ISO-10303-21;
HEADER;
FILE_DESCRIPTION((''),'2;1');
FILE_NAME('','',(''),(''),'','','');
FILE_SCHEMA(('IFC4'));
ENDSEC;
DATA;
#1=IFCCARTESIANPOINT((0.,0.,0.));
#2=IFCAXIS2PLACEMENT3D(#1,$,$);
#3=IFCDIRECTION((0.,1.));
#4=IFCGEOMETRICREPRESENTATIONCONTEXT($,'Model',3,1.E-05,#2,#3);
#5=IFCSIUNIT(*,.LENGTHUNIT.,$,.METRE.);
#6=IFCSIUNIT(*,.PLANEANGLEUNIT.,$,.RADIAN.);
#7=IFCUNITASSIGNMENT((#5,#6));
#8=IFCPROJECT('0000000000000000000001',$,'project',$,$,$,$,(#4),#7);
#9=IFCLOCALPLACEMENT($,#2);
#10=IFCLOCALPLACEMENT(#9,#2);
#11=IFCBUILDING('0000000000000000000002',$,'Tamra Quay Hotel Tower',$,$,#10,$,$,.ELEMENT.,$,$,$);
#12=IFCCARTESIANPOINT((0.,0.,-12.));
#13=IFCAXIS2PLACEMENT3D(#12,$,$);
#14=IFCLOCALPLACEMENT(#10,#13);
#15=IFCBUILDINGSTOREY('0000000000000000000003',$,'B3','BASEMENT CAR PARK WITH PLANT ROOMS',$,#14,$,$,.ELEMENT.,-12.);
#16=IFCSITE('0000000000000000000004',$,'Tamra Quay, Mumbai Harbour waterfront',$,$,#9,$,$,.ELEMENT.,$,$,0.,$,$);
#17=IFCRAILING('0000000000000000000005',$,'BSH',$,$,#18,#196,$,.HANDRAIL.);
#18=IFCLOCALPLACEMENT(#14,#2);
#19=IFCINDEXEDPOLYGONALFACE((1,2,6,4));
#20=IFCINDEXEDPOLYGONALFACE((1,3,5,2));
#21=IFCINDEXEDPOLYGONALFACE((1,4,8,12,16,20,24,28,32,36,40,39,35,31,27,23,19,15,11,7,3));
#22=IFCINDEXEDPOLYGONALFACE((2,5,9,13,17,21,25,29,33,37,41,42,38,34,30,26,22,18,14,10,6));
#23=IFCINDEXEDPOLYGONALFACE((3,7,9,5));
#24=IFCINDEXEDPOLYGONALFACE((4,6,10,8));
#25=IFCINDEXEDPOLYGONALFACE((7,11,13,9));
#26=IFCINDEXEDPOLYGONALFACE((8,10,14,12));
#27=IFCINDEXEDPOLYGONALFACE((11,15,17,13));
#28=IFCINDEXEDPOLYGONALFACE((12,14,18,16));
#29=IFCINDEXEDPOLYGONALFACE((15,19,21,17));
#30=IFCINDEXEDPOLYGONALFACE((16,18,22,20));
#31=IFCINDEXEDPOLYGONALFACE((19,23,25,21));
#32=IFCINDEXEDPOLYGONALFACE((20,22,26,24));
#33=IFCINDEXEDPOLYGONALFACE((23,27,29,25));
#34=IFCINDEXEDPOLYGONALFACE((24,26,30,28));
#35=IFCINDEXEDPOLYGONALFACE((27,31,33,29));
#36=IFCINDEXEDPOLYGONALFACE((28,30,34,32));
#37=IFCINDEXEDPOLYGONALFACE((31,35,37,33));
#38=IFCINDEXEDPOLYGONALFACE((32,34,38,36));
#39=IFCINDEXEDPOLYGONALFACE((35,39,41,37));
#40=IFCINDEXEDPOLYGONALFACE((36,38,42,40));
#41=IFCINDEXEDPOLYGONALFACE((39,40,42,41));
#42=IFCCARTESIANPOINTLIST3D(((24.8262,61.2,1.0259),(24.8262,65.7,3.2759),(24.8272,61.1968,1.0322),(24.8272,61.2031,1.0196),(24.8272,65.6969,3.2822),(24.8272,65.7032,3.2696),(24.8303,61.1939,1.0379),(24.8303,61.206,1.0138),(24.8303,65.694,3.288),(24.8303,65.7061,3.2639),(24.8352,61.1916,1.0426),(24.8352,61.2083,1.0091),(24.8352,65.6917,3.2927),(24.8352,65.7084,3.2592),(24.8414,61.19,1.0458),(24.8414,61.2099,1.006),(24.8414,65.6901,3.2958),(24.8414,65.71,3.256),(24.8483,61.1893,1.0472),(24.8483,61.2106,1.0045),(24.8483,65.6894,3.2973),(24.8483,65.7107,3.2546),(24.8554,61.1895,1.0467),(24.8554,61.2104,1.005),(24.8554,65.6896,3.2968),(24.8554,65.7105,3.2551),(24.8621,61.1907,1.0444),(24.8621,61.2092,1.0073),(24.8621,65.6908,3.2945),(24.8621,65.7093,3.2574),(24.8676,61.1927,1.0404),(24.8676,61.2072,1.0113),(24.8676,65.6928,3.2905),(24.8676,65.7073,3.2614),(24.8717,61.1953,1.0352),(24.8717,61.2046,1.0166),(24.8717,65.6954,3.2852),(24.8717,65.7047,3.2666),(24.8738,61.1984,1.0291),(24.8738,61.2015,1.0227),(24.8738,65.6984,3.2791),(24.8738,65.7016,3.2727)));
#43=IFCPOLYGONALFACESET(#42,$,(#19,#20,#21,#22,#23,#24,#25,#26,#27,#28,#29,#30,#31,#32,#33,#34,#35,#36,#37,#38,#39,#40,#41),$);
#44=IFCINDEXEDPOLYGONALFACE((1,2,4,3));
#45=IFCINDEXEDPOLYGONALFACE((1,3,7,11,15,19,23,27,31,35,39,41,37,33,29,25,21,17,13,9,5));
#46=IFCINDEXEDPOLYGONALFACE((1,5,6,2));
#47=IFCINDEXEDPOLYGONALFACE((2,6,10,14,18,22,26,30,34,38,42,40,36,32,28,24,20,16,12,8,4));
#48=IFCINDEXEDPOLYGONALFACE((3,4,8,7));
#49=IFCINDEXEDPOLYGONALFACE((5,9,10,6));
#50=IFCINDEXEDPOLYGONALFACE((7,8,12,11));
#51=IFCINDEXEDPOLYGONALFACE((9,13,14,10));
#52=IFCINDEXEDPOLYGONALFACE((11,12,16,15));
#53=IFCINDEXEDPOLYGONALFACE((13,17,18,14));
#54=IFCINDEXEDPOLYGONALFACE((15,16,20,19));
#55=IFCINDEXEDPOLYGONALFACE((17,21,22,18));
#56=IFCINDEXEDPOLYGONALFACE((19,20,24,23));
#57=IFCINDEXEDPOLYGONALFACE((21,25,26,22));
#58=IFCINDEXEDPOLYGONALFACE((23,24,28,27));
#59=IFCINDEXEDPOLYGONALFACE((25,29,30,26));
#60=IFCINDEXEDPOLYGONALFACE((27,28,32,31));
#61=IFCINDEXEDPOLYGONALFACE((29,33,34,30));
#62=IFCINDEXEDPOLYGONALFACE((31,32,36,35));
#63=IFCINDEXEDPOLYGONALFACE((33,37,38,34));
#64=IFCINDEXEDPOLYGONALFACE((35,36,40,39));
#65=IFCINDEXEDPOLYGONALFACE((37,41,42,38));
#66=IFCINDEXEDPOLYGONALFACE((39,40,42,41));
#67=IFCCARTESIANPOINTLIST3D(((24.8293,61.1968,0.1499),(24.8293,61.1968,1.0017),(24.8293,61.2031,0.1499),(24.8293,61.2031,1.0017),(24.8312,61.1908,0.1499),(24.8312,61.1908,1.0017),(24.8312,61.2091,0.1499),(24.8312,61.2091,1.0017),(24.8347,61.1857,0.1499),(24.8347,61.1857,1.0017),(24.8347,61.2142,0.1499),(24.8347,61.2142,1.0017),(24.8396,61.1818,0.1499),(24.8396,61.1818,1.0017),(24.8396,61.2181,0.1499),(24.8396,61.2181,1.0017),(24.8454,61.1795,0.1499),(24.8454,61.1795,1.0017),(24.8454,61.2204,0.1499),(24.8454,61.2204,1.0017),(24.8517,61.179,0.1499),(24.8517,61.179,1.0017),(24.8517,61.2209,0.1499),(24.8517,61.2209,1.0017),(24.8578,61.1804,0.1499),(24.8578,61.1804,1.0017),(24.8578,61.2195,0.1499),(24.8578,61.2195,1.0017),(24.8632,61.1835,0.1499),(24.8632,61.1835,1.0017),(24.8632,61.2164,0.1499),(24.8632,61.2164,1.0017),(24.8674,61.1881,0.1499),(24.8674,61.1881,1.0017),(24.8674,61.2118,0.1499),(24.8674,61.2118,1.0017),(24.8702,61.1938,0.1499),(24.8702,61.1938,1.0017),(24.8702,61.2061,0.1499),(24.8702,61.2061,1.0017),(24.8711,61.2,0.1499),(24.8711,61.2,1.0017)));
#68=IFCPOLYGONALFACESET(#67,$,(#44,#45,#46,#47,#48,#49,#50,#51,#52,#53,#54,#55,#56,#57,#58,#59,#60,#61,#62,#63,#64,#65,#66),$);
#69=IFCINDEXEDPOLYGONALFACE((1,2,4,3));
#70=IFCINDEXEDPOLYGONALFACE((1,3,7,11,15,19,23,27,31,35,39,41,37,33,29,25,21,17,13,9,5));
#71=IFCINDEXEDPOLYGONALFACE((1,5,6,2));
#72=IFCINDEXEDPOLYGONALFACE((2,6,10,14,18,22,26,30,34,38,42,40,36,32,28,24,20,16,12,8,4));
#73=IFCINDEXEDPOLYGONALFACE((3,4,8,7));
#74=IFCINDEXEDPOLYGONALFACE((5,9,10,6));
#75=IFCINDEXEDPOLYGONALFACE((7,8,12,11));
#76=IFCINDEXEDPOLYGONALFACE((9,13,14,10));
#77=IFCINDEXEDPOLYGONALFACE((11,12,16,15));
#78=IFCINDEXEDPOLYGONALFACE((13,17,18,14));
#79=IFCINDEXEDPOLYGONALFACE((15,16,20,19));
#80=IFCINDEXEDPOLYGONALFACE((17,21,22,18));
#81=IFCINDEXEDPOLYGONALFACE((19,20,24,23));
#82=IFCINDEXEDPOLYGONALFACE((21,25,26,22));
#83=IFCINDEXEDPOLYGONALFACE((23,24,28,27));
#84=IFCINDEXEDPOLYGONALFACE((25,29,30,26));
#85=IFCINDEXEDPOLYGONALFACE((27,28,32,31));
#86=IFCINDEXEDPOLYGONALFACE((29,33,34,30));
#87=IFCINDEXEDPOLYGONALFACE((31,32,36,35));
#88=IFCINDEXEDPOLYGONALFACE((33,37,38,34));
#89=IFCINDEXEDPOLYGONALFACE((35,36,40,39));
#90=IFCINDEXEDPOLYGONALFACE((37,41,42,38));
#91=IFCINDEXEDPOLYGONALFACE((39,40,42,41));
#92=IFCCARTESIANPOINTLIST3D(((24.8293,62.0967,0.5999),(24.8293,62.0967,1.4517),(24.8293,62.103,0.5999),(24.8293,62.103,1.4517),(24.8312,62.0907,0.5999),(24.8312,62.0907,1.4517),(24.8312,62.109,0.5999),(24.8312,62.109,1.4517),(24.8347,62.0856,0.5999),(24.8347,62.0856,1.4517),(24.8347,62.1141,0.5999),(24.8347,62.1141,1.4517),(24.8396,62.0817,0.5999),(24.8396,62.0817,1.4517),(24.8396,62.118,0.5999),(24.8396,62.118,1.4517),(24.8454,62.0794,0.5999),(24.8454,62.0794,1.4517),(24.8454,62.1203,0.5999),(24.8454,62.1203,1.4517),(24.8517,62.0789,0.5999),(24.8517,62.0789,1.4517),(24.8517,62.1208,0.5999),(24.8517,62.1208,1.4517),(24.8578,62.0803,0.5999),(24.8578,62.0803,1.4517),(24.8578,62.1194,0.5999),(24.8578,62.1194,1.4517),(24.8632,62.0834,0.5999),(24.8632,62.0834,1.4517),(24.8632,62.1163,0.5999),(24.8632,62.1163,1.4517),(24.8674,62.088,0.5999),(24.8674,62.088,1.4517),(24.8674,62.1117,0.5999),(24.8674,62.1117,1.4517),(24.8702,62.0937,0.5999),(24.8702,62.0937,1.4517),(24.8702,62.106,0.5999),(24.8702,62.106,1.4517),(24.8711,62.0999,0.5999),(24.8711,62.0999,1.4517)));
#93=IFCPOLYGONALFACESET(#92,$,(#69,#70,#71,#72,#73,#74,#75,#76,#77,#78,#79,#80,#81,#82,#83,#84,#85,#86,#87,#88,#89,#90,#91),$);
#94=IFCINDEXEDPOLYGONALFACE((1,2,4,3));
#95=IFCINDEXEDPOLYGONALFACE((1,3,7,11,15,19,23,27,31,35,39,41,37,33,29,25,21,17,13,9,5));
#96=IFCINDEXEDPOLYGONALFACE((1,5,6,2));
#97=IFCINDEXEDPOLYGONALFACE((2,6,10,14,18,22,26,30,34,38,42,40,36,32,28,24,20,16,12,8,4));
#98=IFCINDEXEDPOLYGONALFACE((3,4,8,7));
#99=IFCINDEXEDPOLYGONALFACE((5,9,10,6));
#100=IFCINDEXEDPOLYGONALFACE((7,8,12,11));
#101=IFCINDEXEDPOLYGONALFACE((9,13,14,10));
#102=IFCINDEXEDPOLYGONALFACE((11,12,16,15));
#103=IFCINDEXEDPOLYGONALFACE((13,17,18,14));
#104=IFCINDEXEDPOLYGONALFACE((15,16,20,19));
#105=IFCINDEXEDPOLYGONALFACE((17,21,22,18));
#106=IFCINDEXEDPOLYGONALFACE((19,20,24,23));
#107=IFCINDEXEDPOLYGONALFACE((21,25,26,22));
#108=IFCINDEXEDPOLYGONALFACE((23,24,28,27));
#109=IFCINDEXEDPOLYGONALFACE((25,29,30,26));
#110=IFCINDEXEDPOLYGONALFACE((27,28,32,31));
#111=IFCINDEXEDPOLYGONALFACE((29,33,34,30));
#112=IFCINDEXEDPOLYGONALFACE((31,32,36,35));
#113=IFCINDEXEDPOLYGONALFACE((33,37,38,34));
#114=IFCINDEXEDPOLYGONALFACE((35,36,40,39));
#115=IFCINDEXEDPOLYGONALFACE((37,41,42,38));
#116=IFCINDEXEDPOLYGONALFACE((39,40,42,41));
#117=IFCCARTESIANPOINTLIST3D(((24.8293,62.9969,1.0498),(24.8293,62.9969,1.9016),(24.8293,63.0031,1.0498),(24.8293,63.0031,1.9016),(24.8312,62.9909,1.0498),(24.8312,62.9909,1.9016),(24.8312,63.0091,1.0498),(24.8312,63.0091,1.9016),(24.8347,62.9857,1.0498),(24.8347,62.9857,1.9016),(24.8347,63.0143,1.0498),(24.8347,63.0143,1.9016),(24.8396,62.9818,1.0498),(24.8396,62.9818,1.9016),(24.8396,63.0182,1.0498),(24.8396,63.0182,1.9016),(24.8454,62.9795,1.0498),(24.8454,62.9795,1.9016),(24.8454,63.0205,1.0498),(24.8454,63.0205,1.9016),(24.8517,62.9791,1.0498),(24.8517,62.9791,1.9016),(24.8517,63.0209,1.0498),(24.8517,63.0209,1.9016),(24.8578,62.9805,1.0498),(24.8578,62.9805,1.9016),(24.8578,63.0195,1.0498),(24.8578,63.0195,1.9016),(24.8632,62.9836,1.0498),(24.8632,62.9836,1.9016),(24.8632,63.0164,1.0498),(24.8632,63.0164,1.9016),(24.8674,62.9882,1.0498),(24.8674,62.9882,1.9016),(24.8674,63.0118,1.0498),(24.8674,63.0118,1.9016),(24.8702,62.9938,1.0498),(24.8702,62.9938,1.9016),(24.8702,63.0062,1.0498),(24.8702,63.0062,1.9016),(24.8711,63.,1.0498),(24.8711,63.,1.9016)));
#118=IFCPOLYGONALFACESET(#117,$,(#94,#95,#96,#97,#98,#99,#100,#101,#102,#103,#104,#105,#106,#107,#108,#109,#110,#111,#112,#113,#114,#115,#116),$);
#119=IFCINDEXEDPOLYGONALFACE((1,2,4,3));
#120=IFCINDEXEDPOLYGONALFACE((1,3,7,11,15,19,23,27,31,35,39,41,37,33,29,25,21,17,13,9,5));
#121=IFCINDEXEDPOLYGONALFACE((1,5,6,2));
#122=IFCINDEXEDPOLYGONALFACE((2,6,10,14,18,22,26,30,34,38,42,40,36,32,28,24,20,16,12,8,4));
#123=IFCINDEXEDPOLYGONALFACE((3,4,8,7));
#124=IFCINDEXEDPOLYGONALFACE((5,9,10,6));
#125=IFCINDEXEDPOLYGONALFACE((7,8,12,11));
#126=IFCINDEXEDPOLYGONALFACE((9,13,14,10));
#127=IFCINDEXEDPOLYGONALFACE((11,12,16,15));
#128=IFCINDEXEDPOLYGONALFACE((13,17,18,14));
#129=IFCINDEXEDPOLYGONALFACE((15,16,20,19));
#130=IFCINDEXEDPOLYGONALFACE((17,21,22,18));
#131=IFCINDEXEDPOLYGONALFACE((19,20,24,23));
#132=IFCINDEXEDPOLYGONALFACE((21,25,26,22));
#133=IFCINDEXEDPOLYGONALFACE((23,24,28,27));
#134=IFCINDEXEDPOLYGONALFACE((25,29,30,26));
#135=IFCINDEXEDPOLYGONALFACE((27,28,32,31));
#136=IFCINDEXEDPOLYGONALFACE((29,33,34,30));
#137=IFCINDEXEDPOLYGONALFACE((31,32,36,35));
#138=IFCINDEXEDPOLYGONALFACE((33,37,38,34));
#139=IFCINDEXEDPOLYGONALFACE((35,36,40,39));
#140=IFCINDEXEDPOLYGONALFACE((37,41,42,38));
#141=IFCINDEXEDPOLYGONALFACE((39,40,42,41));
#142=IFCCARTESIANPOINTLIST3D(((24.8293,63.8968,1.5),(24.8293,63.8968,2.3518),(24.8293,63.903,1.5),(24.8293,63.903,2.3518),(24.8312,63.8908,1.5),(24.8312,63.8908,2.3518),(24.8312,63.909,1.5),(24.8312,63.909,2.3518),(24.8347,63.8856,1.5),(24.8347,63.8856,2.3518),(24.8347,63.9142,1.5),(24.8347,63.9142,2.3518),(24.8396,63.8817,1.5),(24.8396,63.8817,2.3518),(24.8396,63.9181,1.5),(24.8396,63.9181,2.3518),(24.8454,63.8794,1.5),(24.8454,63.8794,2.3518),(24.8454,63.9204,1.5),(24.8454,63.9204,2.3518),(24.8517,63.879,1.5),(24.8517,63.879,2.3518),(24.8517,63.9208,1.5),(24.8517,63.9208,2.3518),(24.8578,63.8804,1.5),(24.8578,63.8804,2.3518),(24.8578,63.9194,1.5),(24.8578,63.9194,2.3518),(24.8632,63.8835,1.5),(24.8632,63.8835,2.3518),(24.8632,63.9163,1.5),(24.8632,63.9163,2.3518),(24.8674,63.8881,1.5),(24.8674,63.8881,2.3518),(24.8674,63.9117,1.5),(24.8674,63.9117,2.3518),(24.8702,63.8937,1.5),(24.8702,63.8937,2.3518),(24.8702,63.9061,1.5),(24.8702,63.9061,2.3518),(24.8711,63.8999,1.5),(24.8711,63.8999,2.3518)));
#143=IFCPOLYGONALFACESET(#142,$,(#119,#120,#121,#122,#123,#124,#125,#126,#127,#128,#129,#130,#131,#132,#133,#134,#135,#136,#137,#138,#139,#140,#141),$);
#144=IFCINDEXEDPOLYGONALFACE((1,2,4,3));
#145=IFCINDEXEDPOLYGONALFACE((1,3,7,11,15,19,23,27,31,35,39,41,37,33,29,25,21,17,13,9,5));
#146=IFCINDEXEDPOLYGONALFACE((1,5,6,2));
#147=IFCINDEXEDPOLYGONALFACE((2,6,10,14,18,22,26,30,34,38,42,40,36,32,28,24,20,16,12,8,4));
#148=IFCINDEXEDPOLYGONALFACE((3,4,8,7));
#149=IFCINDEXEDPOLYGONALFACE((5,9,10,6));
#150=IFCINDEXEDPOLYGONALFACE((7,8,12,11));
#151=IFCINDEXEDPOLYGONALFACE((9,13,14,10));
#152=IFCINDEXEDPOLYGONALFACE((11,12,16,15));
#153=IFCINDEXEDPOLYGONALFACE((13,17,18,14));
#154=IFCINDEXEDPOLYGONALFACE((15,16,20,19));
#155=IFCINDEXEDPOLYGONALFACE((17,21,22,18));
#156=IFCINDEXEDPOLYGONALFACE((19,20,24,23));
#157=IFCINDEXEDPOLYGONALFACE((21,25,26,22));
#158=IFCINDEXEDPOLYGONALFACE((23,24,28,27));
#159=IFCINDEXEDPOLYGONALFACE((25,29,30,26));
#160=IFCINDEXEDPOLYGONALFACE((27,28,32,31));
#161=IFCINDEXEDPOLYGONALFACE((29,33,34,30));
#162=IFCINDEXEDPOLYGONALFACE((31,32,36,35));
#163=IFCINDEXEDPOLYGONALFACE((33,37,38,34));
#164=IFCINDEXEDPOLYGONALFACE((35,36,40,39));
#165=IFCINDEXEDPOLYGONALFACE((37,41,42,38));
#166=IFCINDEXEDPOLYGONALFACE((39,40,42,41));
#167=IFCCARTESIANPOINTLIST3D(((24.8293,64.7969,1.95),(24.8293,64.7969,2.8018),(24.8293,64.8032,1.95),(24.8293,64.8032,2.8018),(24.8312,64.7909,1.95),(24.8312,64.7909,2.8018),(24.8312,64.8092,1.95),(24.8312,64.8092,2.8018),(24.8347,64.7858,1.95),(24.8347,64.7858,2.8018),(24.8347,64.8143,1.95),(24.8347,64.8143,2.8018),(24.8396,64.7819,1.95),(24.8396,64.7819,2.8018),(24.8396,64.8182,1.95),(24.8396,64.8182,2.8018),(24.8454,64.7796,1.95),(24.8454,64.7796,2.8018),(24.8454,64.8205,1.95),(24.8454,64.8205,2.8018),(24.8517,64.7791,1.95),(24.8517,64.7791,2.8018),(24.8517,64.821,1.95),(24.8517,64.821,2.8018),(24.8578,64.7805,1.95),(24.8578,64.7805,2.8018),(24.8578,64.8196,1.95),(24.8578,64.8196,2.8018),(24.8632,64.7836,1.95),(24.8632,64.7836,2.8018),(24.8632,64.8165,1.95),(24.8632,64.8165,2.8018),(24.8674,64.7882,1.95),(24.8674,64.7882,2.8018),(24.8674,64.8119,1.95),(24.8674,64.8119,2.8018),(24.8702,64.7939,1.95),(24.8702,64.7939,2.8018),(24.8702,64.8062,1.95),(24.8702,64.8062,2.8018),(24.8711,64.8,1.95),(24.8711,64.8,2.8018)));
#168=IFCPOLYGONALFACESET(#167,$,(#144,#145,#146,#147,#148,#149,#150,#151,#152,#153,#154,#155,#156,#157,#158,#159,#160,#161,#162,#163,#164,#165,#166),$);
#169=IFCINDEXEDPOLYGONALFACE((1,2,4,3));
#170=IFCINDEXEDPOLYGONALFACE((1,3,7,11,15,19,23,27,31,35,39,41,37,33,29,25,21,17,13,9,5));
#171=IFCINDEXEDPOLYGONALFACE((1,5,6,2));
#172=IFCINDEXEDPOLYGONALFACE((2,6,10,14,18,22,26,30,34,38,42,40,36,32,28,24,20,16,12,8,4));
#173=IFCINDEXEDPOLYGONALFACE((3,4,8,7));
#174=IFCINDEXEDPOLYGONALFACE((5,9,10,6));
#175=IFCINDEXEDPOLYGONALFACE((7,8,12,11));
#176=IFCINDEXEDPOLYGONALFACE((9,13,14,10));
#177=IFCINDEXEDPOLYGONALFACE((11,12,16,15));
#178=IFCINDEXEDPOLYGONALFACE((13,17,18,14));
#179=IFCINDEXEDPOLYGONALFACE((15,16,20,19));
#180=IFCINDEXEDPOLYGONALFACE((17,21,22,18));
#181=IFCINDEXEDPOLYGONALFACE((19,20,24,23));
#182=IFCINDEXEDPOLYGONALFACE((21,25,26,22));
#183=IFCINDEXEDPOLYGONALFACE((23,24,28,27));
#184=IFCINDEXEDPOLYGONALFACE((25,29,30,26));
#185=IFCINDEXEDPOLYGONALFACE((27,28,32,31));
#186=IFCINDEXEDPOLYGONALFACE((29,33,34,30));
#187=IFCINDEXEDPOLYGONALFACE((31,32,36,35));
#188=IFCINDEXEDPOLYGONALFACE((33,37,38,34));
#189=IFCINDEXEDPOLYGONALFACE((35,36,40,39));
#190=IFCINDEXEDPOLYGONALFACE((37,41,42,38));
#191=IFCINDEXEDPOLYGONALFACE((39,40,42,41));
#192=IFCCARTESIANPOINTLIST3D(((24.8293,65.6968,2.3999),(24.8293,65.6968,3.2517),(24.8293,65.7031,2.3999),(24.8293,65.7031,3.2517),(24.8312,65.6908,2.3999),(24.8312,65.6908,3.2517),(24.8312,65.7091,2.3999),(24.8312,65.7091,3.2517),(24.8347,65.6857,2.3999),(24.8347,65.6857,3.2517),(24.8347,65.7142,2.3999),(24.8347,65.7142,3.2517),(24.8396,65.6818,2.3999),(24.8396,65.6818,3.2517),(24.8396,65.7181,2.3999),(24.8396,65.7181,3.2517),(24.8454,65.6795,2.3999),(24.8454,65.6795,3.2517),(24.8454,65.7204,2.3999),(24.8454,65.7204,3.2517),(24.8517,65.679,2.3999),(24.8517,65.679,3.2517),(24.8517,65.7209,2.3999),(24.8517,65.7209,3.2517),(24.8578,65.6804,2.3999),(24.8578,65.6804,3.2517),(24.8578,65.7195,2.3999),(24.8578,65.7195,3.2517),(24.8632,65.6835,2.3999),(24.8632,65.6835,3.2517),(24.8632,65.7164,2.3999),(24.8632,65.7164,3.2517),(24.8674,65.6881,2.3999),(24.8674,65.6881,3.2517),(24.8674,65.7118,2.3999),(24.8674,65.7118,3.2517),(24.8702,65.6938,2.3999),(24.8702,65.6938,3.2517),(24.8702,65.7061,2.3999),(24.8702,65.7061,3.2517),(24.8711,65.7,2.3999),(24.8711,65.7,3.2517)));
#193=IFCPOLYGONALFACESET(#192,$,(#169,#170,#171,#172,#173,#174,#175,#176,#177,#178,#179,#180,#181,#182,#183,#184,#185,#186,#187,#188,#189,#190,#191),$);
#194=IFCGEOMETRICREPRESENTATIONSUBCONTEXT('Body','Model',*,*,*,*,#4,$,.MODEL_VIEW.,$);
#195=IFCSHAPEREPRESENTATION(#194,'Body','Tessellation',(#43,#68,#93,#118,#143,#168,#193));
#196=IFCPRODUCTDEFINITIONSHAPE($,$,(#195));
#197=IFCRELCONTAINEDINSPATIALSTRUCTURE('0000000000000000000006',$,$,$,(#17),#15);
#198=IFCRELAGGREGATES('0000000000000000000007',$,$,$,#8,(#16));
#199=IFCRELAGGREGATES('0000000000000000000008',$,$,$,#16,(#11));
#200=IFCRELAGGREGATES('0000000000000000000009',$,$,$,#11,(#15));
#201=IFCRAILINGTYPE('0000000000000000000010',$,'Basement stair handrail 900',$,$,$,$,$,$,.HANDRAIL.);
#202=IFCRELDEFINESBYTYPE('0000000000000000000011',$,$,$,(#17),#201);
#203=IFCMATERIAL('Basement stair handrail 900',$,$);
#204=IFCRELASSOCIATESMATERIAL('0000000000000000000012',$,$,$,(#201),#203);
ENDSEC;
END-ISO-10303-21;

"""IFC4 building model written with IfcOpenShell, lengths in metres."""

from ifc_helpers import new_model, si_unit, direction, frame, origin, origin_2d, place, context, subcontext, project, spatial, circle, extrude, material, type_object, element, save


model = new_model("IFC4")

# Units and contexts
model_context = context("Model", 3, precision=1e-05, world=origin(), true_north=direction((0.0, 1.0)))
body_context = subcontext(model_context, "Body", "Model", "MODEL_VIEW")
ifc_project = project(units=[si_unit("LENGTHUNIT", "METRE"), si_unit("PLANEANGLEUNIT", "RADIAN")], contexts=[model_context])

# Site, building, storey
site_placement = place(None, origin())
site = spatial("IfcSite", under=ifc_project, at=site_placement, Name="Tamra Quay, Mumbai Harbour waterfront", CompositionType="ELEMENT", RefElevation=0.0)
building_placement = place(site_placement, origin())
building = spatial("IfcBuilding", under=site, at=building_placement, Name="Tamra Quay Hotel Tower", CompositionType="ELEMENT")
storey_placement = place(building_placement, frame((0.0, 0.0, -12.0)))
storey = spatial("IfcBuildingStorey", under=building, at=storey_placement, Name="B3", Description="BASEMENT CAR PARK WITH PLANT ROOMS", CompositionType="ELEMENT", Elevation=-12.0)

# Railing
ifc_material_1 = material(Name="Basement stair handrail 900")
railing_type_1 = type_object("IfcRailingType", Name="Basement stair handrail 900", PredefinedType="HANDRAIL", material=ifc_material_1)
railing_1_placement = place(storey_placement, frame((24.8501, 61.2, 0.1499)))
element("IfcRailing", 1, at=railing_1_placement, inside=storey, type_object=railing_type_1, Name="BSH", PredefinedType="HANDRAIL", context=body_context, shape_type="SweptSolid", body=[
    extrude(circle(Radius=0.0239, at=origin_2d()), frame((0.0, 0.0, 0.876), z_axis=(0.0, 0.894427, 0.447214), x_axis=(-1.0, 0.0, 0.0)), (0.0, 0.0, 1.0), 5.0312),
    extrude(circle(Radius=0.021, at=origin_2d()), origin(), (0.0, 0.0, 1.0), 0.8518),
    extrude(circle(Radius=0.021, at=origin_2d()), frame((0.0, 0.8999, 0.45)), (0.0, 0.0, 1.0), 0.8518),
    extrude(circle(Radius=0.021, at=origin_2d()), frame((0.0, 1.8, 0.8999)), (0.0, 0.0, 1.0), 0.8518),
    extrude(circle(Radius=0.021, at=origin_2d()), frame((0.0, 2.7, 1.3501)), (0.0, 0.0, 1.0), 0.8518),
    extrude(circle(Radius=0.021, at=origin_2d()), frame((0.0, 3.6001, 1.8)), (0.0, 0.0, 1.0), 0.8518),
    extrude(circle(Radius=0.021, at=origin_2d()), frame((0.0, 4.5, 2.25)), (0.0, 0.0, 1.0), 0.8518),
])

save(model, "model.ifc")
